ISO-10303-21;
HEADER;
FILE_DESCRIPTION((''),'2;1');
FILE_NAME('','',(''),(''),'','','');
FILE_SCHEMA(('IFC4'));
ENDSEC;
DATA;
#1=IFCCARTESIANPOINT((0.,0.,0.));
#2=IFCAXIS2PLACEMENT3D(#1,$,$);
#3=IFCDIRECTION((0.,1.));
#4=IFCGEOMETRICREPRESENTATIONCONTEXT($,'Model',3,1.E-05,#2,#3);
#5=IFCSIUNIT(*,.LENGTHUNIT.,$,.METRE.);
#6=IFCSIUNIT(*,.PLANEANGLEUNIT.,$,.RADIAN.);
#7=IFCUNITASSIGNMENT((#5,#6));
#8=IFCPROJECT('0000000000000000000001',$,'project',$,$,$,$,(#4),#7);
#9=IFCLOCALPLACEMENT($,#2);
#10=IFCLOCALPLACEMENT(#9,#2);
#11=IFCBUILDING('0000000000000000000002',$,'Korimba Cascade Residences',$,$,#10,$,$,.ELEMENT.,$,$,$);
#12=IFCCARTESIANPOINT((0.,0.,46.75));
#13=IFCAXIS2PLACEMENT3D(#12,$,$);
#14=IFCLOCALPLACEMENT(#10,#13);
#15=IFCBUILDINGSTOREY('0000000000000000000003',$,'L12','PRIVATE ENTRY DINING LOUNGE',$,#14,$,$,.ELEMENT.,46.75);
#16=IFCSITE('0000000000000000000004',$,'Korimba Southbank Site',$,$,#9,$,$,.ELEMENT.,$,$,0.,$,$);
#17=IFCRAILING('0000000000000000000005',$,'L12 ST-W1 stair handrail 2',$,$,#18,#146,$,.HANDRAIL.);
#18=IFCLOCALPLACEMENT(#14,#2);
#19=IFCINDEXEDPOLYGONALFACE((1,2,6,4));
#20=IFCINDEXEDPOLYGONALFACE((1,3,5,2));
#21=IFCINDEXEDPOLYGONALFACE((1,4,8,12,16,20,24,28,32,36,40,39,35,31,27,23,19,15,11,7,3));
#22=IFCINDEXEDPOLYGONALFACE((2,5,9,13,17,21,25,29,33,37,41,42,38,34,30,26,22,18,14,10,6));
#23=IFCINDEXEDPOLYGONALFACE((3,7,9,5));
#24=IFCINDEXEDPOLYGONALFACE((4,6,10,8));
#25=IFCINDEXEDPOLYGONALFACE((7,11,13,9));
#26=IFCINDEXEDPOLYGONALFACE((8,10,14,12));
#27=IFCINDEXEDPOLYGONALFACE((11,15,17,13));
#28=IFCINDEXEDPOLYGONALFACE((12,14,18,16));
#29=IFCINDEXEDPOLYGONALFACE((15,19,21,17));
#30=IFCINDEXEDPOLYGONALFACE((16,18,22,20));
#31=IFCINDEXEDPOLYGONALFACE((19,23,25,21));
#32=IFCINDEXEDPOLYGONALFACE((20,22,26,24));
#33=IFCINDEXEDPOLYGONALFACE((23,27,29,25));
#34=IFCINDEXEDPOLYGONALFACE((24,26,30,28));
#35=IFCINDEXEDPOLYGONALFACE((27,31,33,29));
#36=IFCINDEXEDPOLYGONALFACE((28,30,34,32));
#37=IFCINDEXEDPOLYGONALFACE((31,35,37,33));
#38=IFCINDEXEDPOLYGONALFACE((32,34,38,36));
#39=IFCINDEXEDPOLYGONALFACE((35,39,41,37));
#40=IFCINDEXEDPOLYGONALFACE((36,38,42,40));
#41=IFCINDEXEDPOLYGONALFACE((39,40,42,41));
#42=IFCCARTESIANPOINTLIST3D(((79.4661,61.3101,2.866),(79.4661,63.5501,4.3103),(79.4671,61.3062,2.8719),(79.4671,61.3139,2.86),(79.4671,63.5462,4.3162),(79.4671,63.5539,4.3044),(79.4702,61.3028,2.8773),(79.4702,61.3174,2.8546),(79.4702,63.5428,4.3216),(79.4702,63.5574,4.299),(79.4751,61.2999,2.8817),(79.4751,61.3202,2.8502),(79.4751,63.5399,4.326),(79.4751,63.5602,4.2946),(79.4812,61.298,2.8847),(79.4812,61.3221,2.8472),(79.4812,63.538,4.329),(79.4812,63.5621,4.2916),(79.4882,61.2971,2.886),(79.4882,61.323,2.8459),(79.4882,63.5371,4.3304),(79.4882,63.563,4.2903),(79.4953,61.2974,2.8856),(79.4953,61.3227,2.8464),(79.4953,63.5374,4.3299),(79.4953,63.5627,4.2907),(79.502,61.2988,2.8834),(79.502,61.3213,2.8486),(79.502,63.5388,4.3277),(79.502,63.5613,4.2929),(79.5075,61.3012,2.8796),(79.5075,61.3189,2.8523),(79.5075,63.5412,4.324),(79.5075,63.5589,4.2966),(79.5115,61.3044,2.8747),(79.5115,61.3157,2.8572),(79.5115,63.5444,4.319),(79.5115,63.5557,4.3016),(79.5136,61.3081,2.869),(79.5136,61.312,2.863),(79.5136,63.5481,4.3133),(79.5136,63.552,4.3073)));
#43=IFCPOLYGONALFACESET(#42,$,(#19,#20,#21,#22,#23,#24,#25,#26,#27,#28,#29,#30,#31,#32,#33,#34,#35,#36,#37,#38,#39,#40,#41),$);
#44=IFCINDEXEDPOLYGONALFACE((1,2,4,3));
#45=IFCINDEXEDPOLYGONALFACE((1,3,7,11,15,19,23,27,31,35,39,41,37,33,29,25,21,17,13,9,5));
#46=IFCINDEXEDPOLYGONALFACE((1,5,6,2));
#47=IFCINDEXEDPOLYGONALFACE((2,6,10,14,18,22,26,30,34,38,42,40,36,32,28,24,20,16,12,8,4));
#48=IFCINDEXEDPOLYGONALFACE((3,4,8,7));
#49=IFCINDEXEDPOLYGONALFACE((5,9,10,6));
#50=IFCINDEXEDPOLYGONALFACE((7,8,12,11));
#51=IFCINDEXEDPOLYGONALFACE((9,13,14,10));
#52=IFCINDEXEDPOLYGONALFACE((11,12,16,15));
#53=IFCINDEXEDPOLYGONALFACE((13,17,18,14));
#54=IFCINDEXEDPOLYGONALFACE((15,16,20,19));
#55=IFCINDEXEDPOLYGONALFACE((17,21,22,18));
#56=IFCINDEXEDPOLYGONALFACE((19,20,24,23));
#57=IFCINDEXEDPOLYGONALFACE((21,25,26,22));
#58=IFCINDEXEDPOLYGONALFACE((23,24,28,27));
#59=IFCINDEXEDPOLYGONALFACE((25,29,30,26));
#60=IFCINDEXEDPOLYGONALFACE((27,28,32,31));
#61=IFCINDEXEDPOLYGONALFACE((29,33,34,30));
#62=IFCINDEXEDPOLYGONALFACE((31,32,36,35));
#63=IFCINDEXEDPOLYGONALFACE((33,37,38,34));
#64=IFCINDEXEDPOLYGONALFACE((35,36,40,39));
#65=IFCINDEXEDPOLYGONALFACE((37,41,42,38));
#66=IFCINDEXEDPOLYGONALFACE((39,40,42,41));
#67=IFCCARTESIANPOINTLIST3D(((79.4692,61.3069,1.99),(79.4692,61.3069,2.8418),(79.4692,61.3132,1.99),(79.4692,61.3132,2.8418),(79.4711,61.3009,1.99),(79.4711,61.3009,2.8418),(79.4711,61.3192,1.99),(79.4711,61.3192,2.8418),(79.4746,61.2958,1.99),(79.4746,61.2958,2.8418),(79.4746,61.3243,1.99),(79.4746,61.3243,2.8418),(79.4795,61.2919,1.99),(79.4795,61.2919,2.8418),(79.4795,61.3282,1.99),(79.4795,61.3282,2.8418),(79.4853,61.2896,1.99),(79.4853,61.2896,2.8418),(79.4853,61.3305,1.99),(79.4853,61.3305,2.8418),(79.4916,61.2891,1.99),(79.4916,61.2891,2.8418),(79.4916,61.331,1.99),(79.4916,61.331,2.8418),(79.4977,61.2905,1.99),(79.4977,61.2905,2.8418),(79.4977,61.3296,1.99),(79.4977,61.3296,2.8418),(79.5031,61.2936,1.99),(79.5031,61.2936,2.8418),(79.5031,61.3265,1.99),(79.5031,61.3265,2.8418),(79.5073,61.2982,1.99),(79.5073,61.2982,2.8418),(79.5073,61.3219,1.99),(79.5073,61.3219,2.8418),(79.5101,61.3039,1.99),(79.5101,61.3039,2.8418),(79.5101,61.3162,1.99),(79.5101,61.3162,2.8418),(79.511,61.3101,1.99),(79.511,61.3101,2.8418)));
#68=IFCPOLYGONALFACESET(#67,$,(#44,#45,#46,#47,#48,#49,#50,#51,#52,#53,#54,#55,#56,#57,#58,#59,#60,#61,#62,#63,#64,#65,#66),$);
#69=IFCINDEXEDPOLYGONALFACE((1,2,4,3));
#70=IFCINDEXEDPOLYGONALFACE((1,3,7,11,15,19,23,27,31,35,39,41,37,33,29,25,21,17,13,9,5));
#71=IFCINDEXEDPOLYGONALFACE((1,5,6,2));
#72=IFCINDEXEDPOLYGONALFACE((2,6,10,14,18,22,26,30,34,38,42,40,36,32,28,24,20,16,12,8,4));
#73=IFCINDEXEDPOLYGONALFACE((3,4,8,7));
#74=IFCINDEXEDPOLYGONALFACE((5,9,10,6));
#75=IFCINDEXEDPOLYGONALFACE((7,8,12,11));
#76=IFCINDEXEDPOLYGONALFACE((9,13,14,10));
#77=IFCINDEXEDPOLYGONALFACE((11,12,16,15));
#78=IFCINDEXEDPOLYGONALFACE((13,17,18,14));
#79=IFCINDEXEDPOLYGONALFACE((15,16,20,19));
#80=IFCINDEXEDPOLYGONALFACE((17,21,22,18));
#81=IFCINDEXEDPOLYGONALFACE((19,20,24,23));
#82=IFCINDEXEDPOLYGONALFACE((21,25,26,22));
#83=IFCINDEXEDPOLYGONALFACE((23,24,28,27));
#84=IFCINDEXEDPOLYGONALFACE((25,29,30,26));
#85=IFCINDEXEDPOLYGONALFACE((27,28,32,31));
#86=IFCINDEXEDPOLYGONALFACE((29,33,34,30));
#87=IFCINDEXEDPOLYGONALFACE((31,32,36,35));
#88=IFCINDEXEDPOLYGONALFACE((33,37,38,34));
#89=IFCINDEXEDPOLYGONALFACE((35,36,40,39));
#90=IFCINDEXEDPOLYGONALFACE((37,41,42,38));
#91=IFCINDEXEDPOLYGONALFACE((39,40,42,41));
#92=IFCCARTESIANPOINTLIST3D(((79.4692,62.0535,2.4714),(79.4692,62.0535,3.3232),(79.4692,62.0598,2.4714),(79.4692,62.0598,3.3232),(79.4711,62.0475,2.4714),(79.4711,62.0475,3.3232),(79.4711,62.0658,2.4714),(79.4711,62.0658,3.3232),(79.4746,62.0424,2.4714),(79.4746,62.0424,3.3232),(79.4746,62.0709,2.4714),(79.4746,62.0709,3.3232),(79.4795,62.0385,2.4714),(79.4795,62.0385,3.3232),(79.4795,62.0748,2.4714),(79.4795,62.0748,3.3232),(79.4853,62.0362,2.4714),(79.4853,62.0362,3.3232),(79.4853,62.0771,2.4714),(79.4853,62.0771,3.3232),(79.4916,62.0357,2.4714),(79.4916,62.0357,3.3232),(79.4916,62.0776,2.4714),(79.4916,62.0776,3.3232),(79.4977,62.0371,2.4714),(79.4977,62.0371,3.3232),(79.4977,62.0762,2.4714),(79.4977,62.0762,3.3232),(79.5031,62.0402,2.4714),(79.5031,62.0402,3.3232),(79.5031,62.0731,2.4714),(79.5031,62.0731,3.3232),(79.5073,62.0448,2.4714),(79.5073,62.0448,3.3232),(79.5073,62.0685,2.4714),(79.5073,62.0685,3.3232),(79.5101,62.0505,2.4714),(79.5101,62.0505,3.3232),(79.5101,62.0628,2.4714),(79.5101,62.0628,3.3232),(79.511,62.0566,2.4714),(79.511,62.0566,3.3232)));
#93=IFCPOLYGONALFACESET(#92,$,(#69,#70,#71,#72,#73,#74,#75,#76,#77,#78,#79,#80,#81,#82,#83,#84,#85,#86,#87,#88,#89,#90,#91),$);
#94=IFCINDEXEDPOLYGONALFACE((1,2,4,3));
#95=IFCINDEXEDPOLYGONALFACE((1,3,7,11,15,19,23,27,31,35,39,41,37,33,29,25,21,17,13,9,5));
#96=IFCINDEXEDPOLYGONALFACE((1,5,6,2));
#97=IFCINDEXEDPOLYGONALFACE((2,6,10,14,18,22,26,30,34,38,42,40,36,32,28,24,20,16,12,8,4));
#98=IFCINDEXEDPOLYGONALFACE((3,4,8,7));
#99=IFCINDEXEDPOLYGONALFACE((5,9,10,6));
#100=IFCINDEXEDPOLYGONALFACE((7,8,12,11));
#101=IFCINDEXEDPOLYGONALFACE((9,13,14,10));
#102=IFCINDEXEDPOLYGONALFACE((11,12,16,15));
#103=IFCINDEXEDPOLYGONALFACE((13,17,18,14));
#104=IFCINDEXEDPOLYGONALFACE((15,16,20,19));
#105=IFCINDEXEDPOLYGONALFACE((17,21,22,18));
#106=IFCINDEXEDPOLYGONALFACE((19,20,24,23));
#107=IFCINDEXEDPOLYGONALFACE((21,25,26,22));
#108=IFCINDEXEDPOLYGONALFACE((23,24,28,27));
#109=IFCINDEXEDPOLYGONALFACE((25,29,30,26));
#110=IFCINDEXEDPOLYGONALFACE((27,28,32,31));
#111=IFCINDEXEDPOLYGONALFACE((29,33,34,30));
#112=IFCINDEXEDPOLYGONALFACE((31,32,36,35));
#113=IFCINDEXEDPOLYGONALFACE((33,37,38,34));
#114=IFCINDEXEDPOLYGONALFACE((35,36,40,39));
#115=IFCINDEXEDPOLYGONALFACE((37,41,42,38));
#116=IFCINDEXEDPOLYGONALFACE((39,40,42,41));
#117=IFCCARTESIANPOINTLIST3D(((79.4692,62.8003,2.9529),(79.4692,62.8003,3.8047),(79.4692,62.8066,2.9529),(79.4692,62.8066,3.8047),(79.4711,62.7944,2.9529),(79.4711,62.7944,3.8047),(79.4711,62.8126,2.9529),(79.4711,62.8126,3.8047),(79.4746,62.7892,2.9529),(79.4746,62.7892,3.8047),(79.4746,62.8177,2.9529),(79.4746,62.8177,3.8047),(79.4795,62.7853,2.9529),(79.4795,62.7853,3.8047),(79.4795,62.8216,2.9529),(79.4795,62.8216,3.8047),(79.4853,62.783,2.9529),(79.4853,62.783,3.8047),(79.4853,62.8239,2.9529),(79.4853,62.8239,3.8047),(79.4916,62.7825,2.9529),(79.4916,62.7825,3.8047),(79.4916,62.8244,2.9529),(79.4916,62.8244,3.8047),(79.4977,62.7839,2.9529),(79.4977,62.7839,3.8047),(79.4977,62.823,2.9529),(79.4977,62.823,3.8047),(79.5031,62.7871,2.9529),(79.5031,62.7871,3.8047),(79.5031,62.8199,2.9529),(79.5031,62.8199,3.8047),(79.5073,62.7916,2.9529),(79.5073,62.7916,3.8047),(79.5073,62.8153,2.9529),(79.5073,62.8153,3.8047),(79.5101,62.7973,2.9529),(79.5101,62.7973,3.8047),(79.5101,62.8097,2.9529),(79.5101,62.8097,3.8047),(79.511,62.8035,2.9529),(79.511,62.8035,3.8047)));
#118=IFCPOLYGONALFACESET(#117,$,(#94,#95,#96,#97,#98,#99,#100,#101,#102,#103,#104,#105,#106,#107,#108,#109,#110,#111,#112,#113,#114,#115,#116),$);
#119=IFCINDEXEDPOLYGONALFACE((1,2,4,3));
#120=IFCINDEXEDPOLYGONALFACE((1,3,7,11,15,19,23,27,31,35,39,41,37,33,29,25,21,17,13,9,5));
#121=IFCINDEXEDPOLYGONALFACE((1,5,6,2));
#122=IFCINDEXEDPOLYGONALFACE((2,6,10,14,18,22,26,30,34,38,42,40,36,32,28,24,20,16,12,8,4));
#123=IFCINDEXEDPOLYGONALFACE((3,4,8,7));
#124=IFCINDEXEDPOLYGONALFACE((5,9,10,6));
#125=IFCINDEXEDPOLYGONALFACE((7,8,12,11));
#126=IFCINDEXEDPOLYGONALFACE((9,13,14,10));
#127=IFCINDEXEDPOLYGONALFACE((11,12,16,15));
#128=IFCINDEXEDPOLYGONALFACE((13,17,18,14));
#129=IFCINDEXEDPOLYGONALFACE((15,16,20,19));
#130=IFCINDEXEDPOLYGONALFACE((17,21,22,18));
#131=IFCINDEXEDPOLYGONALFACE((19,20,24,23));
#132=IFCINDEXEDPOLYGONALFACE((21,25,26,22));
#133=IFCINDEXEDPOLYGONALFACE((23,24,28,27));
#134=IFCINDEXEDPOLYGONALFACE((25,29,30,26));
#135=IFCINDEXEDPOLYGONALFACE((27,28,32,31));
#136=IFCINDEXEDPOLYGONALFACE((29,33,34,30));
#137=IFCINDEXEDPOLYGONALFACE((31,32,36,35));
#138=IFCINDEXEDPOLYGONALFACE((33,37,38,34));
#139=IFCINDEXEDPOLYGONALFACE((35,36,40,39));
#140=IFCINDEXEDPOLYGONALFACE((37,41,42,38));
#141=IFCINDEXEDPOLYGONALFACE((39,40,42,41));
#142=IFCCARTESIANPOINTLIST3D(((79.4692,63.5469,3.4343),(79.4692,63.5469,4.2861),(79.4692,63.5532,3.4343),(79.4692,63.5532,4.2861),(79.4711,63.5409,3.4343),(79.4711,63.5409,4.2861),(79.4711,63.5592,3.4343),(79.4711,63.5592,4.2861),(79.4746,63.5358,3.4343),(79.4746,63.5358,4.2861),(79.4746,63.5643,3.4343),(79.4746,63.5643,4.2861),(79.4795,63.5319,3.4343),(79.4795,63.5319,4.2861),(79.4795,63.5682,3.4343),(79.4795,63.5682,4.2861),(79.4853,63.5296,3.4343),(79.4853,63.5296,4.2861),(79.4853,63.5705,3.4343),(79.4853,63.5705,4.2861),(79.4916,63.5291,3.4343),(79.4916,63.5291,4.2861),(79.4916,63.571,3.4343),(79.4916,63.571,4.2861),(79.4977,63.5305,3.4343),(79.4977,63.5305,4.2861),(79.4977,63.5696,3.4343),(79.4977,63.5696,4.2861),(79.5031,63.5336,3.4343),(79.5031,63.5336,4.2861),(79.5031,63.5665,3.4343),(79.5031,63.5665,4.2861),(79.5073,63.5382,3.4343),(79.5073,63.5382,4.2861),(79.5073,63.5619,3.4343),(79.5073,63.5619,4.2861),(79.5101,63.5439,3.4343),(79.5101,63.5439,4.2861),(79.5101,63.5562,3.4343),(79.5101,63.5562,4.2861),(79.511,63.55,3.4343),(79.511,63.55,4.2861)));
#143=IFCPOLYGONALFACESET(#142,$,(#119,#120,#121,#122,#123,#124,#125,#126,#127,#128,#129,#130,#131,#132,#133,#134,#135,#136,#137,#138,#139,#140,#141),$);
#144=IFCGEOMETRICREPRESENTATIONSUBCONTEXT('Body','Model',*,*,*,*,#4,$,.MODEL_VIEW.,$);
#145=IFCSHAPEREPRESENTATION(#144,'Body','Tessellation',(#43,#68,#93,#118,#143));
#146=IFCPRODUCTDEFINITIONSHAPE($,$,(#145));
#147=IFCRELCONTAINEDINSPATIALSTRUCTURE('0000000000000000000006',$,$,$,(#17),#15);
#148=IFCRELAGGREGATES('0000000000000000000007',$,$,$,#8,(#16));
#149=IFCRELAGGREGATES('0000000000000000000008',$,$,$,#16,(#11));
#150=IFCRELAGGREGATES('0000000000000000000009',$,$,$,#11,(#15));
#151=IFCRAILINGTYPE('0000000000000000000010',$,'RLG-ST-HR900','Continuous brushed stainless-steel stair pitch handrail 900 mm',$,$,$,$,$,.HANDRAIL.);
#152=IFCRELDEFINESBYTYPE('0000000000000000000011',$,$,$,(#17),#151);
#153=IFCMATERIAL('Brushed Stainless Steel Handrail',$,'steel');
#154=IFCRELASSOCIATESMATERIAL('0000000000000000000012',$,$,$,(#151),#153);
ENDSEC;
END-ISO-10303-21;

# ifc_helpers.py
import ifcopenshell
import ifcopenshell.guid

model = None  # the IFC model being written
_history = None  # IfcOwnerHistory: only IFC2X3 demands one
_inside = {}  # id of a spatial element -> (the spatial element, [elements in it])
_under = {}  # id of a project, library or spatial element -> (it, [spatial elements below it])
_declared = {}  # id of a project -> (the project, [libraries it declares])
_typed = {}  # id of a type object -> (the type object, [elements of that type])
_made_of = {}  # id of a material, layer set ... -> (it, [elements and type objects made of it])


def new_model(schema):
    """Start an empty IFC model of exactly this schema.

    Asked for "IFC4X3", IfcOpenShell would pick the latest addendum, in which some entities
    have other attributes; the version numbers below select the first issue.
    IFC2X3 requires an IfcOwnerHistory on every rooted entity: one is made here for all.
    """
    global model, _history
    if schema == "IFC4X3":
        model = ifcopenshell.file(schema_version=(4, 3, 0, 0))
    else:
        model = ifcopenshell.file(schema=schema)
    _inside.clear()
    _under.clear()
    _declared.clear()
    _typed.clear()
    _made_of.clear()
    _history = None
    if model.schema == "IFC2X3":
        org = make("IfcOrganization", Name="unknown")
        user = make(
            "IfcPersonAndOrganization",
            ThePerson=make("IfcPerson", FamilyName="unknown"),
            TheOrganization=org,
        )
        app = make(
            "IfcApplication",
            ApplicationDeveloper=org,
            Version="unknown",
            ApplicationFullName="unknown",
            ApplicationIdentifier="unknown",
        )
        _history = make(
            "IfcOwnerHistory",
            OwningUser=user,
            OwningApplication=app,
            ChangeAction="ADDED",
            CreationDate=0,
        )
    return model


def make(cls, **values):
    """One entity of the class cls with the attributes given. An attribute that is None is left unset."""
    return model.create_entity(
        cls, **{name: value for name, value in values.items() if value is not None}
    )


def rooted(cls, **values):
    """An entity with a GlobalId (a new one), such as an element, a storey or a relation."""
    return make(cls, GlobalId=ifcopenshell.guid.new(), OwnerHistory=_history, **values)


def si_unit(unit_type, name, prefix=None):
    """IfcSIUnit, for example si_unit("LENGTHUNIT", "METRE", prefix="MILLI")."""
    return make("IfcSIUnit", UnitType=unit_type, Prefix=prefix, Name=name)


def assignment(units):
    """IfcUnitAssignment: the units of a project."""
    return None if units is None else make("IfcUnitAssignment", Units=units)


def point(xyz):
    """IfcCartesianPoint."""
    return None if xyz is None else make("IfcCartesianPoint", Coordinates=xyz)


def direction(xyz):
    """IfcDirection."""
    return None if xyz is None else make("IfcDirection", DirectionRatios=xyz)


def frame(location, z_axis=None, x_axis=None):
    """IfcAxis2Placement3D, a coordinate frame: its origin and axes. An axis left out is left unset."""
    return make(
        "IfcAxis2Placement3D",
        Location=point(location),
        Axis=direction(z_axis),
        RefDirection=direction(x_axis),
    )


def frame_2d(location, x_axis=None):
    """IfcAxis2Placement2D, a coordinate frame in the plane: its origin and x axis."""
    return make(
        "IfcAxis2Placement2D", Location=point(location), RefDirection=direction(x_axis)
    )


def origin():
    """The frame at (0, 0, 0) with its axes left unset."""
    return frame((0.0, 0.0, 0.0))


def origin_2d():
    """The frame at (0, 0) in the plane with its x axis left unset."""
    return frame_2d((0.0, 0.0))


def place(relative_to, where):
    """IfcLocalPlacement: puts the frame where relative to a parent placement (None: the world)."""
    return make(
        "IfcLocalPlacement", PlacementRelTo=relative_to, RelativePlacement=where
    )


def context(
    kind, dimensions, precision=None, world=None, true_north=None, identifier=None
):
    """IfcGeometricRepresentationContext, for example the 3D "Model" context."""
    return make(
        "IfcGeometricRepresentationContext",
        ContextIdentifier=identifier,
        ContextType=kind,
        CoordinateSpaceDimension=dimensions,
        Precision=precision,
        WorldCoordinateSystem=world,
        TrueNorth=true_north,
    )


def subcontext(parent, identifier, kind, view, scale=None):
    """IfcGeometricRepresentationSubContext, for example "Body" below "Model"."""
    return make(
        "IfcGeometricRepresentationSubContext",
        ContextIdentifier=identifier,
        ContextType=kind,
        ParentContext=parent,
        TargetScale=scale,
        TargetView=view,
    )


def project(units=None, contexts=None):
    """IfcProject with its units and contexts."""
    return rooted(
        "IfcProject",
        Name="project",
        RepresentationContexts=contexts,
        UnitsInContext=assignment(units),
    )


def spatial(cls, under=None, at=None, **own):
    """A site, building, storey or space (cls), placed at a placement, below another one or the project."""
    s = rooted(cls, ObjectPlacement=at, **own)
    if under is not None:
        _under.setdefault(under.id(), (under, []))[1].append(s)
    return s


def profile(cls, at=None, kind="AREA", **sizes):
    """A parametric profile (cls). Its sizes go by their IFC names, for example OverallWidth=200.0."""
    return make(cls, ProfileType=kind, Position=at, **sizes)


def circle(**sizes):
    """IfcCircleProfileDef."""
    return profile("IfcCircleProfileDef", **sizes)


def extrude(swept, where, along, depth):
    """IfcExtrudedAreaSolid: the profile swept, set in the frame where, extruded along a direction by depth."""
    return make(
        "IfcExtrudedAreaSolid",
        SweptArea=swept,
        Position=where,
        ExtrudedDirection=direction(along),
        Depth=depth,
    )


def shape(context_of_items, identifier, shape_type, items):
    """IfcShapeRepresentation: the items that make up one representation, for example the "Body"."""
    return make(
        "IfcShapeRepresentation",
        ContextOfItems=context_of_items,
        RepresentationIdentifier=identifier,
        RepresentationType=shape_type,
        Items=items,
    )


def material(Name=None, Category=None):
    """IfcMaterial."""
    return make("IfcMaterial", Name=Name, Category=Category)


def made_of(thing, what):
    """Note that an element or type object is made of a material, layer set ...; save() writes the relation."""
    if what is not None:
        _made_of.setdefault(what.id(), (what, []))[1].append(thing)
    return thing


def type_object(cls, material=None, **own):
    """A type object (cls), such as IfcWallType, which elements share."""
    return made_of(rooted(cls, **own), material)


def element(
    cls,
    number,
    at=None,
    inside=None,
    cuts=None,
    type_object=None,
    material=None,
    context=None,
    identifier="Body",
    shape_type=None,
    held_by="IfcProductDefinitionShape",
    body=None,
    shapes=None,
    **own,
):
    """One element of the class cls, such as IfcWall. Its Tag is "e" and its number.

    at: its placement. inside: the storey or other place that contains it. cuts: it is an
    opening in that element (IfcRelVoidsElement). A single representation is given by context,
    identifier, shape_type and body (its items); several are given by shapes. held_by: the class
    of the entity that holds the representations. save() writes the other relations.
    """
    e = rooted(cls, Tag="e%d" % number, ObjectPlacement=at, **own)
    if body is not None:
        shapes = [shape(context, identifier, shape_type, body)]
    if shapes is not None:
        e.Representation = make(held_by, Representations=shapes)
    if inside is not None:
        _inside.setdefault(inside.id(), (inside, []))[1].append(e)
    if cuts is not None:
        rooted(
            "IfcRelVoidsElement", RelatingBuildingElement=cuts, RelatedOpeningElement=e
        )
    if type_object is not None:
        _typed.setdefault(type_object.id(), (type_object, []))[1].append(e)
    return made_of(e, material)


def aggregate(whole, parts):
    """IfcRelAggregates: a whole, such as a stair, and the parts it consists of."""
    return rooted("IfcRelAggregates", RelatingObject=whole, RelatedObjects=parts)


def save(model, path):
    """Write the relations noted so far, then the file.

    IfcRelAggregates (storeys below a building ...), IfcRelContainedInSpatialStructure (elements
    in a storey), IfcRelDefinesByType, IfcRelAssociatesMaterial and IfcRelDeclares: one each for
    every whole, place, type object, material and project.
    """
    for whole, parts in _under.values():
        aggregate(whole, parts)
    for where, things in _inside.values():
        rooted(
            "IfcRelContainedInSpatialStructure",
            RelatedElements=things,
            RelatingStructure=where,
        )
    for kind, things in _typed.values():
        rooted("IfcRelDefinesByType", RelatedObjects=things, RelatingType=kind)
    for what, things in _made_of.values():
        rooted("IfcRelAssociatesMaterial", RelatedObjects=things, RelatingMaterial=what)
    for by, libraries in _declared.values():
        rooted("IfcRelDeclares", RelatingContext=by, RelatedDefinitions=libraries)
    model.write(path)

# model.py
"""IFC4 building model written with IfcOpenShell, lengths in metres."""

from ifc_helpers import new_model, si_unit, direction, frame, origin, origin_2d, place, context, subcontext, project, spatial, circle, extrude, material, type_object, element, save


model = new_model("IFC4")

# Units and contexts
model_context = context("Model", 3, precision=1e-05, world=origin(), true_north=direction((0.0, 1.0)))
body_context = subcontext(model_context, "Body", "Model", "MODEL_VIEW")
ifc_project = project(units=[si_unit("LENGTHUNIT", "METRE"), si_unit("PLANEANGLEUNIT", "RADIAN")], contexts=[model_context])

# Site, building, storey
site_placement = place(None, origin())
site = spatial("IfcSite", under=ifc_project, at=site_placement, Name="Korimba Southbank Site", CompositionType="ELEMENT", RefElevation=0.0)
building_placement = place(site_placement, origin())
building = spatial("IfcBuilding", under=site, at=building_placement, Name="Korimba Cascade Residences", CompositionType="ELEMENT")
storey_placement = place(building_placement, frame((0.0, 0.0, 46.75)))
storey = spatial("IfcBuildingStorey", under=building, at=storey_placement, Name="L12", Description="PRIVATE ENTRY DINING LOUNGE", CompositionType="ELEMENT", Elevation=46.75)

# Railing
ifc_material_1 = material(Name="Brushed Stainless Steel Handrail", Category="steel")
railing_type_1 = type_object("IfcRailingType", Name="RLG-ST-HR900", Description="Continuous brushed stainless-steel stair pitch handrail 900 mm", PredefinedType="HANDRAIL", material=ifc_material_1)
railing_1_placement = place(storey_placement, frame((79.49, 61.3101, 1.99)))
element("IfcRailing", 1, at=railing_1_placement, inside=storey, type_object=railing_type_1, Name="L12 ST-W1 stair handrail 2", PredefinedType="HANDRAIL", context=body_context, shape_type="SweptSolid", body=[
    extrude(circle(Radius=0.0239, at=origin_2d()), frame((0.0, 0.0, 0.876), z_axis=(0.0, 0.840437, 0.54191), x_axis=(-1.0, 0.0, 0.0)), (0.0, 0.0, 1.0), 2.6653),
    extrude(circle(Radius=0.021, at=origin_2d()), origin(), (0.0, 0.0, 1.0), 0.8518),
    extrude(circle(Radius=0.021, at=origin_2d()), frame((0.0, 0.7466, 0.4814)), (0.0, 0.0, 1.0), 0.8518),
    extrude(circle(Radius=0.021, at=origin_2d()), frame((0.0, 1.4934, 0.9629)), (0.0, 0.0, 1.0), 0.8518),
    extrude(circle(Radius=0.021, at=origin_2d()), frame((0.0, 2.24, 1.4443)), (0.0, 0.0, 1.0), 0.8518),
])

save(model, "model.ifc")
